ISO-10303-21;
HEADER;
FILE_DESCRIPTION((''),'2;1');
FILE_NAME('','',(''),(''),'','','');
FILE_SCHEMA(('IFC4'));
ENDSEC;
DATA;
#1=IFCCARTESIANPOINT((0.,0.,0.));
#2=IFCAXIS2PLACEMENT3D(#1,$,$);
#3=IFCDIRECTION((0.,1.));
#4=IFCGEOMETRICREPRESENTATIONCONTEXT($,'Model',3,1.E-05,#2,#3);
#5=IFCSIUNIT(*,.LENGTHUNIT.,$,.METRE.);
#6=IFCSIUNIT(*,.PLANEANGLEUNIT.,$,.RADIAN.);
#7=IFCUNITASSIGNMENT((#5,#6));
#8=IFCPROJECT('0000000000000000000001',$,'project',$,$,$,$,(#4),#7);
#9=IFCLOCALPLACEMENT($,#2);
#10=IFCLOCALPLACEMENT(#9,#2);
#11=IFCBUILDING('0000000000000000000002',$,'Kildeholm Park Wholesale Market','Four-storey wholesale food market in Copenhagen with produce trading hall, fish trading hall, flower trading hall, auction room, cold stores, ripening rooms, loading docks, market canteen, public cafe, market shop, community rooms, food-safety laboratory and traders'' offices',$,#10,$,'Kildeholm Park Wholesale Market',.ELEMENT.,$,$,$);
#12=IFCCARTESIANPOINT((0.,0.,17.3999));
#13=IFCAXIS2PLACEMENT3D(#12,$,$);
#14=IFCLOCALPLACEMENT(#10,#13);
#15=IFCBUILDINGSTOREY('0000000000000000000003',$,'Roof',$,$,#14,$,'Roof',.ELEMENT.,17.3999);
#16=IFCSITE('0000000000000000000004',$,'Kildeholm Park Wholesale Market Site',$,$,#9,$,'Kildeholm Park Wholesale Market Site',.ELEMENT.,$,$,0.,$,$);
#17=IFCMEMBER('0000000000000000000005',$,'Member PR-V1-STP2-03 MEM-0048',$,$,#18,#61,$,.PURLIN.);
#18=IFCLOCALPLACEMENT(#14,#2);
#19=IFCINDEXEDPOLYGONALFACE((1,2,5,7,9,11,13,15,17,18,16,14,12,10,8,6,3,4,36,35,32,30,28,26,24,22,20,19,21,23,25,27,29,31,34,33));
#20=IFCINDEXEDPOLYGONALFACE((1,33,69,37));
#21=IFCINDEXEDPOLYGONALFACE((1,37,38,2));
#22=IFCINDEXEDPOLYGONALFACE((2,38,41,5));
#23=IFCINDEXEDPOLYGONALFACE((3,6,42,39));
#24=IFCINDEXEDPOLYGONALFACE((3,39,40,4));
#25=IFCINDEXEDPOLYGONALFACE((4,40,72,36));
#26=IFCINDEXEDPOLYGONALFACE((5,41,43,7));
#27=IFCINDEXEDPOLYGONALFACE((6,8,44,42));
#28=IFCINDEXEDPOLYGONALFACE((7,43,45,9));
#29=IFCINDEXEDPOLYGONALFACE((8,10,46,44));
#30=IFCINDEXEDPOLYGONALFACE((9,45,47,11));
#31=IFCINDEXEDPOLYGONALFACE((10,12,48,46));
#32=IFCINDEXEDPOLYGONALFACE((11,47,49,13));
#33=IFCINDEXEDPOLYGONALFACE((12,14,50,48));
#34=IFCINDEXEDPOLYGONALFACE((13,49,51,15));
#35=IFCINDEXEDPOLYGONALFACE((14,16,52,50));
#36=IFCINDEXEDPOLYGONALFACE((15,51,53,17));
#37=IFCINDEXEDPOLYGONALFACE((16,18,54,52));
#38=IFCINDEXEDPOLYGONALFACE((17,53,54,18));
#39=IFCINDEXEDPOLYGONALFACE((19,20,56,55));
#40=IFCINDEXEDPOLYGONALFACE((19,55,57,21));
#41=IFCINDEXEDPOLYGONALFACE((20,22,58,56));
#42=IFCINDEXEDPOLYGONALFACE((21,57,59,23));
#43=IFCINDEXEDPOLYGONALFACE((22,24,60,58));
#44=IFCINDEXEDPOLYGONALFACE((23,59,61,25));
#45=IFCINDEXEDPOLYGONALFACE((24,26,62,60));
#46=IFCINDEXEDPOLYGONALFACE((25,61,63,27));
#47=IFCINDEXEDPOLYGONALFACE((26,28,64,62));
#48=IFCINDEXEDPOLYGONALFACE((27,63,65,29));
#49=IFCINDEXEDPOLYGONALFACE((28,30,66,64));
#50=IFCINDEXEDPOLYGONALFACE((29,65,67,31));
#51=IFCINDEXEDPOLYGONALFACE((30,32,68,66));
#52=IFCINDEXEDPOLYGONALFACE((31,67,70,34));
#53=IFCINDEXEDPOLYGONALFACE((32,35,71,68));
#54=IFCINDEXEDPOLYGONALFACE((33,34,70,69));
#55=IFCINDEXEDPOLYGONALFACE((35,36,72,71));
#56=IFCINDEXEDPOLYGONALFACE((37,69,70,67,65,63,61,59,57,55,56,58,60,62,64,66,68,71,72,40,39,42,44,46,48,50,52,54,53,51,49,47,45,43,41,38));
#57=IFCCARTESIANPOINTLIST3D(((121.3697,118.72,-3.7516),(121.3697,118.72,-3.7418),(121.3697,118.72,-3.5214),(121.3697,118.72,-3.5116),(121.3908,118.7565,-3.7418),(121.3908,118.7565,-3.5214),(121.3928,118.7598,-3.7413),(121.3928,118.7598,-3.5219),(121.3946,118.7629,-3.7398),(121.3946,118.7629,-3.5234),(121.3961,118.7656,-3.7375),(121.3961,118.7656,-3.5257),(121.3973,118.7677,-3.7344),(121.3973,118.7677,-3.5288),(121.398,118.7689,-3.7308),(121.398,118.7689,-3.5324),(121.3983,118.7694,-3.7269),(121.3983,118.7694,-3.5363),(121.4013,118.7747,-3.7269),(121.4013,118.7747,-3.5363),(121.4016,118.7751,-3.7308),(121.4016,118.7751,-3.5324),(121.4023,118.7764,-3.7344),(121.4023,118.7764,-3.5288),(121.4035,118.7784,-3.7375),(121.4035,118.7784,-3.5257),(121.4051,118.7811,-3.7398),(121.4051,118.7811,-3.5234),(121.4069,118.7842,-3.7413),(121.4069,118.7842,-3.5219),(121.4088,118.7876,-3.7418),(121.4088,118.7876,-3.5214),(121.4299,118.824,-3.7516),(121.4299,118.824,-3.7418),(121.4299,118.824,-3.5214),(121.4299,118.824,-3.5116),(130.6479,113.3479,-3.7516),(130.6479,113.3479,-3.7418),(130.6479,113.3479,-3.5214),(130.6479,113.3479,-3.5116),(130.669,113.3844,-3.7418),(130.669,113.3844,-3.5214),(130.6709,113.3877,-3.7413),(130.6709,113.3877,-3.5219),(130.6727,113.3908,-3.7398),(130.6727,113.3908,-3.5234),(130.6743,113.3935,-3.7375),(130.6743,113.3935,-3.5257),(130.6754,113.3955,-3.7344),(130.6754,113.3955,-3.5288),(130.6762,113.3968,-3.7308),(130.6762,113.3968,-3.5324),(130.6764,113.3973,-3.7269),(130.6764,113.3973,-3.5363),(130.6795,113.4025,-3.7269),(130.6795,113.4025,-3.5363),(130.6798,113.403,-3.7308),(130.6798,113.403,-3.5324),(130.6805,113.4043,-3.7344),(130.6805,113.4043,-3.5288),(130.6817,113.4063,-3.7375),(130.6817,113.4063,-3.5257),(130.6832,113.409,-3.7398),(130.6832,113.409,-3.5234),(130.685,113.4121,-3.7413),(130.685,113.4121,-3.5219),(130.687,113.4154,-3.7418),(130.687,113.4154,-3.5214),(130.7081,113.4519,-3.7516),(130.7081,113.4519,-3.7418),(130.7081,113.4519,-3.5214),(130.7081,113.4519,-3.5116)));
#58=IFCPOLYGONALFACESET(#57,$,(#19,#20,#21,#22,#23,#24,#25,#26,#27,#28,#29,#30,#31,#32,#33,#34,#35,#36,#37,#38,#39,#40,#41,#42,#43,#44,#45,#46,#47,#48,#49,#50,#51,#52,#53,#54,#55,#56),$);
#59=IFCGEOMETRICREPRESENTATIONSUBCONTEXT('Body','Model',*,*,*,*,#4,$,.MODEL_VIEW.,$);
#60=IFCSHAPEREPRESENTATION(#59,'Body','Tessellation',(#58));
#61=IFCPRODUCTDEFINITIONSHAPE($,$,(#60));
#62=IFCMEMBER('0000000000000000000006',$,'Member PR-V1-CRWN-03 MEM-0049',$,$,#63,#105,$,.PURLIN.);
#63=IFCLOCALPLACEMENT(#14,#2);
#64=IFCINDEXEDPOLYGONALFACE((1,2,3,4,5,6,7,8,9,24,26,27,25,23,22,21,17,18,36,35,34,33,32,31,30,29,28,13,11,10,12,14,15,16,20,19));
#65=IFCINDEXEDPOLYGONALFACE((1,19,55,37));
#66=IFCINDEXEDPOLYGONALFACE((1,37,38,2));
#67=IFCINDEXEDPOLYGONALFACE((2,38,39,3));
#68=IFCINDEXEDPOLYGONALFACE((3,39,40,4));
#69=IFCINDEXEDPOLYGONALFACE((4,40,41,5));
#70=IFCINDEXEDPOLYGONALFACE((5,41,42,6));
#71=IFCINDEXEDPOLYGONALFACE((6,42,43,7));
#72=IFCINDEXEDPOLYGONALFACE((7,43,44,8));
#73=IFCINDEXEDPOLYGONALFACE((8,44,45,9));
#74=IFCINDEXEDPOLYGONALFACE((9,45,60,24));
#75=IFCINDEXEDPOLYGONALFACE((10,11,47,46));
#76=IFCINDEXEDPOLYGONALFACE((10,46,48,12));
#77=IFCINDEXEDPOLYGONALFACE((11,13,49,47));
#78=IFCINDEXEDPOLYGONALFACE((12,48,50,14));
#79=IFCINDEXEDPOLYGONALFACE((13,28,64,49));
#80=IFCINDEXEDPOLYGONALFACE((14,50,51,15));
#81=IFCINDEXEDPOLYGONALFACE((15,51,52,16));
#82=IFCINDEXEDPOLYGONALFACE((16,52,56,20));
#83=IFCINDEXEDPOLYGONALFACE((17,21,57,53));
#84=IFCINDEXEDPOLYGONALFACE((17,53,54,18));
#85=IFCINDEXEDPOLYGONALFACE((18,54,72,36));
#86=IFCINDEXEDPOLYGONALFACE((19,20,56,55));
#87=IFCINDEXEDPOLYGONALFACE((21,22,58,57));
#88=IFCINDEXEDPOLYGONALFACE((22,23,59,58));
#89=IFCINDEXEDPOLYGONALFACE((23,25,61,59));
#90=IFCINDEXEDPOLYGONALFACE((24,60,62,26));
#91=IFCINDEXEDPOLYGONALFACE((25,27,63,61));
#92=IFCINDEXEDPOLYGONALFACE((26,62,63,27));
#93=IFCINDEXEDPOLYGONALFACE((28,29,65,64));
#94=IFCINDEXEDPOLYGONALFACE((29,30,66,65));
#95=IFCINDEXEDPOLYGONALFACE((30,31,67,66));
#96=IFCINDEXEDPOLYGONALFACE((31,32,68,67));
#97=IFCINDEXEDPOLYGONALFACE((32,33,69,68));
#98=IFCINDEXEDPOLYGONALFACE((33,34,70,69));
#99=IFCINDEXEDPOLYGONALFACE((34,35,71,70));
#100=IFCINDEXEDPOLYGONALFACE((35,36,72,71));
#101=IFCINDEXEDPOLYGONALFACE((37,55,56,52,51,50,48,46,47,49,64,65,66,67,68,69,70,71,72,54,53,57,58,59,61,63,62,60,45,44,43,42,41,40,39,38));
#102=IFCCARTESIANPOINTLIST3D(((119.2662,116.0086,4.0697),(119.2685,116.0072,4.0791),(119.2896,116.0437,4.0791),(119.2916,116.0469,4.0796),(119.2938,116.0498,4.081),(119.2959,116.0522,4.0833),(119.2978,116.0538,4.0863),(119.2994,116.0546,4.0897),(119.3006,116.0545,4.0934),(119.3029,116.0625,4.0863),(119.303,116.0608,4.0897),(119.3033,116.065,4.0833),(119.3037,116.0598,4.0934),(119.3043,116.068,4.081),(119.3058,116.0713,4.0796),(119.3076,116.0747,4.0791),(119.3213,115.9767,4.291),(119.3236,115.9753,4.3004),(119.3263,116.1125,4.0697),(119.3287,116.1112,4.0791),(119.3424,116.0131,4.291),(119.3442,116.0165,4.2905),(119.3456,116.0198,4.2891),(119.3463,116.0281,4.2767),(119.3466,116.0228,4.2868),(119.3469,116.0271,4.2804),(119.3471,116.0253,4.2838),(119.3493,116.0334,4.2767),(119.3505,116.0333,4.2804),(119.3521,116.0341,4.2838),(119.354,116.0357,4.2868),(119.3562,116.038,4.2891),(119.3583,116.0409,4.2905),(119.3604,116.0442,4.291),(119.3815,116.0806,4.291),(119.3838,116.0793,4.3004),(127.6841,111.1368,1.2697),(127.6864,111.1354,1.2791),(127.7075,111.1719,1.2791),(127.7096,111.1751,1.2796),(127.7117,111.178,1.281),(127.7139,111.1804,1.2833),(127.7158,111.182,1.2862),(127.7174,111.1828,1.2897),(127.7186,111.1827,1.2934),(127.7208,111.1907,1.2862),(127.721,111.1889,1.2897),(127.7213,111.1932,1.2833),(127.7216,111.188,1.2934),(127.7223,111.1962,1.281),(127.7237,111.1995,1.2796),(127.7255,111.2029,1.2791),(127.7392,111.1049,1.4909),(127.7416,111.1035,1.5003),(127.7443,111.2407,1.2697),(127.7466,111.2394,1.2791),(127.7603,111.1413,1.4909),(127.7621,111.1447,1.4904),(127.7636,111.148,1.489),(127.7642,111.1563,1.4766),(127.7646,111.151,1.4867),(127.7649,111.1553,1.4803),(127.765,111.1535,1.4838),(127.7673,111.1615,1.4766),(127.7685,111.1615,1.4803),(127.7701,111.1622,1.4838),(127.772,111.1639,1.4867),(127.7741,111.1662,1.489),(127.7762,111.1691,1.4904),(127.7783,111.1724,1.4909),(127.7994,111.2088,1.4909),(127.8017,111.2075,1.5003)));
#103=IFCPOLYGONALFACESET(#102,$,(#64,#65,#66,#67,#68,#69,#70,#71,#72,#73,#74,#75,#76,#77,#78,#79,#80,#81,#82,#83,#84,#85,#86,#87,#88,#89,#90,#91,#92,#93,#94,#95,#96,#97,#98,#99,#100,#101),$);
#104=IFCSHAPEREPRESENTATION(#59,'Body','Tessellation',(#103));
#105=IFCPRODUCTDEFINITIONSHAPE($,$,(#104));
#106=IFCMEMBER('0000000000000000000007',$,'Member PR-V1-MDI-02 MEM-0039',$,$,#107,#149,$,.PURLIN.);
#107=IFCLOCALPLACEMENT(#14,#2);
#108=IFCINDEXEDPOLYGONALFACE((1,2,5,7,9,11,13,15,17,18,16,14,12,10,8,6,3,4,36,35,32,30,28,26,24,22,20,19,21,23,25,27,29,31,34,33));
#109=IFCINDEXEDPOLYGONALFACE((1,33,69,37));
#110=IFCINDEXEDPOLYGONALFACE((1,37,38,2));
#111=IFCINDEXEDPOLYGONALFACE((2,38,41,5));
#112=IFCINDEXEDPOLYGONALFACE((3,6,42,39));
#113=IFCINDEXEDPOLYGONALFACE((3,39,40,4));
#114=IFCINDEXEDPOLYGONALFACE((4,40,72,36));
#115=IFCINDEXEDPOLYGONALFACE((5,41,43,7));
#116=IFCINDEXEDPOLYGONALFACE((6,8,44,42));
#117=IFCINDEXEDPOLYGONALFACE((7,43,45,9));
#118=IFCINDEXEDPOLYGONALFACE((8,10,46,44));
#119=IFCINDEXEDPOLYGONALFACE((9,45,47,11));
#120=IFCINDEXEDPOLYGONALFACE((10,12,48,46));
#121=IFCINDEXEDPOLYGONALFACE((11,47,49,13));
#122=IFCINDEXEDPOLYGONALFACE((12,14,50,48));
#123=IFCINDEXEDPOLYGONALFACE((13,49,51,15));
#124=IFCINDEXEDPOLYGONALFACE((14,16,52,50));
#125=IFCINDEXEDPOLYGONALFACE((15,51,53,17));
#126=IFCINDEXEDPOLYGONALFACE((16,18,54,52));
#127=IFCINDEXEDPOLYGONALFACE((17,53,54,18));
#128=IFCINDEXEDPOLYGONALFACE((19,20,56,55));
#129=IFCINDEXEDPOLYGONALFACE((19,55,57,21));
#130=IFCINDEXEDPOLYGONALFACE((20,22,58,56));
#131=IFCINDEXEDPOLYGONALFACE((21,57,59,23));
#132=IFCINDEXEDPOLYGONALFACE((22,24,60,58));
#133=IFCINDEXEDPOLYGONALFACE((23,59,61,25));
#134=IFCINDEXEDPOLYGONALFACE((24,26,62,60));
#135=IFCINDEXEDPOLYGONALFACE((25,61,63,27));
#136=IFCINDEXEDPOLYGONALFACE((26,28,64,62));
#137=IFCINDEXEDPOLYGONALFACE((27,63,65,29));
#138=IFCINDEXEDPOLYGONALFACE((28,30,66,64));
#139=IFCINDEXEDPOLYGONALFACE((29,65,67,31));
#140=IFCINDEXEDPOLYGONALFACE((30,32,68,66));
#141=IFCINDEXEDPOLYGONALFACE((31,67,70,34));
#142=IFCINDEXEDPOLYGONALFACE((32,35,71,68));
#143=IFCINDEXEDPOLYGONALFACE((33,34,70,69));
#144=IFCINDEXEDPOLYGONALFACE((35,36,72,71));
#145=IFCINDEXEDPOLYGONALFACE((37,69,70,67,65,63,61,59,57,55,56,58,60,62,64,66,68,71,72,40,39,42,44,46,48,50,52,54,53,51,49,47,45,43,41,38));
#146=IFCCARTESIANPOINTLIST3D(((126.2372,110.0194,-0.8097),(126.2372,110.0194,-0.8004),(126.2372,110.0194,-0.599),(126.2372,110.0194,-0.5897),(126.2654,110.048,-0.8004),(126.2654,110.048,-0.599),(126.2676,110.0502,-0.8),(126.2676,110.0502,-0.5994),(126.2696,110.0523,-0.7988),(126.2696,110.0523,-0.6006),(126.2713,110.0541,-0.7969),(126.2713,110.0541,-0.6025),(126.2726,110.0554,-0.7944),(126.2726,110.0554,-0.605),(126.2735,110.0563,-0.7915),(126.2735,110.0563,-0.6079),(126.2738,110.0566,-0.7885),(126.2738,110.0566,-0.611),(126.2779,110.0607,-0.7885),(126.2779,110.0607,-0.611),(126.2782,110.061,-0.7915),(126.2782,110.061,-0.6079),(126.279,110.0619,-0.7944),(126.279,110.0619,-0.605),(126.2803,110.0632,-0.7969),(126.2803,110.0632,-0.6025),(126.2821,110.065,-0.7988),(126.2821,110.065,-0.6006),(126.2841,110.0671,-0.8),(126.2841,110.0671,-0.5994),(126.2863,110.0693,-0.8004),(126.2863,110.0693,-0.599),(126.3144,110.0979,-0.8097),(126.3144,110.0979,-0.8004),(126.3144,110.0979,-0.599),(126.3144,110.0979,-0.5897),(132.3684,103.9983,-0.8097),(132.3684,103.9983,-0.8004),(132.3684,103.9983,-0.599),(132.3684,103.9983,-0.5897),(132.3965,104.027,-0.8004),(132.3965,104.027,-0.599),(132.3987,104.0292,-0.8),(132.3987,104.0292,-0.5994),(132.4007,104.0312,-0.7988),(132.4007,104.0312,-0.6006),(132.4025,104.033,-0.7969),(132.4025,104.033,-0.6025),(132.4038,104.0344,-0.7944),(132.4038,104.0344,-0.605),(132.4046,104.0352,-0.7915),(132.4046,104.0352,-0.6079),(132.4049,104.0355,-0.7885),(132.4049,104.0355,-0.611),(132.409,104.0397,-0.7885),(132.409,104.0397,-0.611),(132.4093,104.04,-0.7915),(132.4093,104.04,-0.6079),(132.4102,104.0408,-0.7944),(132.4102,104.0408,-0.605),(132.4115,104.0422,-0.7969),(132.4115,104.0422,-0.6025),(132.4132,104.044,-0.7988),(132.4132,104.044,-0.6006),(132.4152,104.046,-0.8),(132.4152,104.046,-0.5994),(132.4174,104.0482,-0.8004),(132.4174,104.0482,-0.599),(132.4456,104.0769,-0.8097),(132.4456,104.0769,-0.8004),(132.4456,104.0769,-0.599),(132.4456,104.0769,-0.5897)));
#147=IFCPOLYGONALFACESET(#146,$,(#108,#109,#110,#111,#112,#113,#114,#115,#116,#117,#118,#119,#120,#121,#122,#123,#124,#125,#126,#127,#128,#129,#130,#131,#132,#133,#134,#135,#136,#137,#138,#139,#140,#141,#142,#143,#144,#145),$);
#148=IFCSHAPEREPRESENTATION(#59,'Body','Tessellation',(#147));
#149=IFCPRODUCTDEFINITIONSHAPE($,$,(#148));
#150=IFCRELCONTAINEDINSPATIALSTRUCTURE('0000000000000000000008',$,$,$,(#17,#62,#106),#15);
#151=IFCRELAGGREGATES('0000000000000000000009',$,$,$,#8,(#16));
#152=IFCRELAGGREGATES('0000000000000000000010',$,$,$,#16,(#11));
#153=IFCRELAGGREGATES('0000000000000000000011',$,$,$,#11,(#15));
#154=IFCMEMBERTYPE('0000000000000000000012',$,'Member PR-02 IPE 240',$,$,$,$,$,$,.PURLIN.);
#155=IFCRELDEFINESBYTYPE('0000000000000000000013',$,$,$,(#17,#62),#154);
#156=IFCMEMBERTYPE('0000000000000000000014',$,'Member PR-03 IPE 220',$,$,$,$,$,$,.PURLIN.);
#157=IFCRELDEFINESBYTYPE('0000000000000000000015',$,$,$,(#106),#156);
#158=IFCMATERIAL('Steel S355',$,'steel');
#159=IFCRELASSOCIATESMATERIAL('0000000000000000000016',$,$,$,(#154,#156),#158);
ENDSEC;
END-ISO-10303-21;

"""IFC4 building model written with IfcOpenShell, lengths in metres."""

from ifc_helpers import new_model, si_unit, direction, frame, origin, origin_2d, place, context, subcontext, project, spatial, i_section, extrude, material, material_profile, profile_set, type_object, element, save


model = new_model("IFC4")

# Units and contexts
model_context = context("Model", 3, precision=1e-05, world=origin(), true_north=direction((0.0, 1.0)))
body_context = subcontext(model_context, "Body", "Model", "MODEL_VIEW")
ifc_project = project(units=[si_unit("LENGTHUNIT", "METRE"), si_unit("PLANEANGLEUNIT", "RADIAN")], contexts=[model_context])

# Site, building, storey
site_placement = place(None, origin())
site = spatial("IfcSite", under=ifc_project, at=site_placement, Name="Kildeholm Park Wholesale Market Site", LongName="Kildeholm Park Wholesale Market Site", CompositionType="ELEMENT", RefElevation=0.0)
building_placement = place(site_placement, origin())
building = spatial("IfcBuilding", under=site, at=building_placement, Name="Kildeholm Park Wholesale Market", Description="Four-storey wholesale food market in Copenhagen with produce trading hall, fish trading hall, flower trading hall, auction room, cold stores, ripening rooms, loading docks, market canteen, public cafe, market shop, community rooms, food-safety laboratory and traders' offices", LongName="Kildeholm Park Wholesale Market", CompositionType="ELEMENT")
storey_placement = place(building_placement, frame((0.0, 0.0, 17.3999)))
storey = spatial("IfcBuildingStorey", under=building, at=storey_placement, Name="Roof", LongName="Roof", CompositionType="ELEMENT", Elevation=17.3999)

# Shared definitions
ifc_material_1 = material(Name="Steel S355", Category="steel")

# Members
ifc_material_profile_1 = material_profile(ifc_material_1, i_section(OverallWidth=0.1201, OverallDepth=0.24, WebThickness=0.0061, FlangeThickness=0.0098, FilletRadius=0.0149, at=origin_2d()), Name="IPE 240")
ifc_profile_set_1 = profile_set([ifc_material_profile_1], Name="Steel S355")
member_type_1 = type_object("IfcMemberType", Name="Member PR-02 IPE 240", PredefinedType="PURLIN", material=ifc_profile_set_1)
member_1_placement = place(storey_placement, frame((130.678, 113.3999, -3.6316), z_axis=(-0.865404, 0.501075, 0.0), x_axis=(-0.501075, -0.865404, 0.0)))
element("IfcMember", 1, at=member_1_placement, inside=storey, type_object=member_type_1, Name="Member PR-V1-STP2-03 MEM-0048", PredefinedType="PURLIN", context=body_context, shape_type="SweptSolid", body=[
    extrude(i_section(OverallWidth=0.1201, OverallDepth=0.24, WebThickness=0.0061, FlangeThickness=0.0098, FilletRadius=0.0149, at=origin_2d()), origin(), (0.0, 0.0, 1.0), 10.7212),
])
member_2_placement = place(storey_placement, frame((127.7429, 111.1721, 1.385), z_axis=(-0.831723, 0.481352, 0.276654), x_axis=(-0.500903, -0.865504, 0.0)))
element("IfcMember", 2, at=member_2_placement, inside=storey, type_object=member_type_1, Name="Member PR-V1-CRWN-03 MEM-0049", PredefinedType="PURLIN", context=body_context, shape_type="SweptSolid", body=[
    extrude(i_section(OverallWidth=0.1201, OverallDepth=0.24, WebThickness=0.0061, FlangeThickness=0.0098, FilletRadius=0.0149, at=origin_2d()), origin(), (0.0, 0.0, 1.0), 10.1211),
])
ifc_material_profile_2 = material_profile(ifc_material_1, i_section(OverallWidth=0.1101, OverallDepth=0.22, WebThickness=0.0059, FlangeThickness=0.0093, FilletRadius=0.012, at=origin_2d()), Name="IPE 220")
ifc_profile_set_2 = profile_set([ifc_material_profile_2], Name="Steel S355")
member_type_2 = type_object("IfcMemberType", Name="Member PR-03 IPE 220", PredefinedType="PURLIN", material=ifc_profile_set_2)
member_3_placement = place(storey_placement, frame((132.407, 104.0376, -0.6997), z_axis=(-0.713484, 0.700671, 0.0), x_axis=(-0.700671, -0.713484, 0.0)))
element("IfcMember", 3, at=member_3_placement, inside=storey, type_object=member_type_2, Name="Member PR-V1-MDI-02 MEM-0039", PredefinedType="PURLIN", context=body_context, shape_type="SweptSolid", body=[
    extrude(i_section(OverallWidth=0.1101, OverallDepth=0.22, WebThickness=0.0059, FlangeThickness=0.0093, FilletRadius=0.012, at=origin_2d()), origin(), (0.0, 0.0, 1.0), 8.5933),
])

save(model, "model.ifc")
